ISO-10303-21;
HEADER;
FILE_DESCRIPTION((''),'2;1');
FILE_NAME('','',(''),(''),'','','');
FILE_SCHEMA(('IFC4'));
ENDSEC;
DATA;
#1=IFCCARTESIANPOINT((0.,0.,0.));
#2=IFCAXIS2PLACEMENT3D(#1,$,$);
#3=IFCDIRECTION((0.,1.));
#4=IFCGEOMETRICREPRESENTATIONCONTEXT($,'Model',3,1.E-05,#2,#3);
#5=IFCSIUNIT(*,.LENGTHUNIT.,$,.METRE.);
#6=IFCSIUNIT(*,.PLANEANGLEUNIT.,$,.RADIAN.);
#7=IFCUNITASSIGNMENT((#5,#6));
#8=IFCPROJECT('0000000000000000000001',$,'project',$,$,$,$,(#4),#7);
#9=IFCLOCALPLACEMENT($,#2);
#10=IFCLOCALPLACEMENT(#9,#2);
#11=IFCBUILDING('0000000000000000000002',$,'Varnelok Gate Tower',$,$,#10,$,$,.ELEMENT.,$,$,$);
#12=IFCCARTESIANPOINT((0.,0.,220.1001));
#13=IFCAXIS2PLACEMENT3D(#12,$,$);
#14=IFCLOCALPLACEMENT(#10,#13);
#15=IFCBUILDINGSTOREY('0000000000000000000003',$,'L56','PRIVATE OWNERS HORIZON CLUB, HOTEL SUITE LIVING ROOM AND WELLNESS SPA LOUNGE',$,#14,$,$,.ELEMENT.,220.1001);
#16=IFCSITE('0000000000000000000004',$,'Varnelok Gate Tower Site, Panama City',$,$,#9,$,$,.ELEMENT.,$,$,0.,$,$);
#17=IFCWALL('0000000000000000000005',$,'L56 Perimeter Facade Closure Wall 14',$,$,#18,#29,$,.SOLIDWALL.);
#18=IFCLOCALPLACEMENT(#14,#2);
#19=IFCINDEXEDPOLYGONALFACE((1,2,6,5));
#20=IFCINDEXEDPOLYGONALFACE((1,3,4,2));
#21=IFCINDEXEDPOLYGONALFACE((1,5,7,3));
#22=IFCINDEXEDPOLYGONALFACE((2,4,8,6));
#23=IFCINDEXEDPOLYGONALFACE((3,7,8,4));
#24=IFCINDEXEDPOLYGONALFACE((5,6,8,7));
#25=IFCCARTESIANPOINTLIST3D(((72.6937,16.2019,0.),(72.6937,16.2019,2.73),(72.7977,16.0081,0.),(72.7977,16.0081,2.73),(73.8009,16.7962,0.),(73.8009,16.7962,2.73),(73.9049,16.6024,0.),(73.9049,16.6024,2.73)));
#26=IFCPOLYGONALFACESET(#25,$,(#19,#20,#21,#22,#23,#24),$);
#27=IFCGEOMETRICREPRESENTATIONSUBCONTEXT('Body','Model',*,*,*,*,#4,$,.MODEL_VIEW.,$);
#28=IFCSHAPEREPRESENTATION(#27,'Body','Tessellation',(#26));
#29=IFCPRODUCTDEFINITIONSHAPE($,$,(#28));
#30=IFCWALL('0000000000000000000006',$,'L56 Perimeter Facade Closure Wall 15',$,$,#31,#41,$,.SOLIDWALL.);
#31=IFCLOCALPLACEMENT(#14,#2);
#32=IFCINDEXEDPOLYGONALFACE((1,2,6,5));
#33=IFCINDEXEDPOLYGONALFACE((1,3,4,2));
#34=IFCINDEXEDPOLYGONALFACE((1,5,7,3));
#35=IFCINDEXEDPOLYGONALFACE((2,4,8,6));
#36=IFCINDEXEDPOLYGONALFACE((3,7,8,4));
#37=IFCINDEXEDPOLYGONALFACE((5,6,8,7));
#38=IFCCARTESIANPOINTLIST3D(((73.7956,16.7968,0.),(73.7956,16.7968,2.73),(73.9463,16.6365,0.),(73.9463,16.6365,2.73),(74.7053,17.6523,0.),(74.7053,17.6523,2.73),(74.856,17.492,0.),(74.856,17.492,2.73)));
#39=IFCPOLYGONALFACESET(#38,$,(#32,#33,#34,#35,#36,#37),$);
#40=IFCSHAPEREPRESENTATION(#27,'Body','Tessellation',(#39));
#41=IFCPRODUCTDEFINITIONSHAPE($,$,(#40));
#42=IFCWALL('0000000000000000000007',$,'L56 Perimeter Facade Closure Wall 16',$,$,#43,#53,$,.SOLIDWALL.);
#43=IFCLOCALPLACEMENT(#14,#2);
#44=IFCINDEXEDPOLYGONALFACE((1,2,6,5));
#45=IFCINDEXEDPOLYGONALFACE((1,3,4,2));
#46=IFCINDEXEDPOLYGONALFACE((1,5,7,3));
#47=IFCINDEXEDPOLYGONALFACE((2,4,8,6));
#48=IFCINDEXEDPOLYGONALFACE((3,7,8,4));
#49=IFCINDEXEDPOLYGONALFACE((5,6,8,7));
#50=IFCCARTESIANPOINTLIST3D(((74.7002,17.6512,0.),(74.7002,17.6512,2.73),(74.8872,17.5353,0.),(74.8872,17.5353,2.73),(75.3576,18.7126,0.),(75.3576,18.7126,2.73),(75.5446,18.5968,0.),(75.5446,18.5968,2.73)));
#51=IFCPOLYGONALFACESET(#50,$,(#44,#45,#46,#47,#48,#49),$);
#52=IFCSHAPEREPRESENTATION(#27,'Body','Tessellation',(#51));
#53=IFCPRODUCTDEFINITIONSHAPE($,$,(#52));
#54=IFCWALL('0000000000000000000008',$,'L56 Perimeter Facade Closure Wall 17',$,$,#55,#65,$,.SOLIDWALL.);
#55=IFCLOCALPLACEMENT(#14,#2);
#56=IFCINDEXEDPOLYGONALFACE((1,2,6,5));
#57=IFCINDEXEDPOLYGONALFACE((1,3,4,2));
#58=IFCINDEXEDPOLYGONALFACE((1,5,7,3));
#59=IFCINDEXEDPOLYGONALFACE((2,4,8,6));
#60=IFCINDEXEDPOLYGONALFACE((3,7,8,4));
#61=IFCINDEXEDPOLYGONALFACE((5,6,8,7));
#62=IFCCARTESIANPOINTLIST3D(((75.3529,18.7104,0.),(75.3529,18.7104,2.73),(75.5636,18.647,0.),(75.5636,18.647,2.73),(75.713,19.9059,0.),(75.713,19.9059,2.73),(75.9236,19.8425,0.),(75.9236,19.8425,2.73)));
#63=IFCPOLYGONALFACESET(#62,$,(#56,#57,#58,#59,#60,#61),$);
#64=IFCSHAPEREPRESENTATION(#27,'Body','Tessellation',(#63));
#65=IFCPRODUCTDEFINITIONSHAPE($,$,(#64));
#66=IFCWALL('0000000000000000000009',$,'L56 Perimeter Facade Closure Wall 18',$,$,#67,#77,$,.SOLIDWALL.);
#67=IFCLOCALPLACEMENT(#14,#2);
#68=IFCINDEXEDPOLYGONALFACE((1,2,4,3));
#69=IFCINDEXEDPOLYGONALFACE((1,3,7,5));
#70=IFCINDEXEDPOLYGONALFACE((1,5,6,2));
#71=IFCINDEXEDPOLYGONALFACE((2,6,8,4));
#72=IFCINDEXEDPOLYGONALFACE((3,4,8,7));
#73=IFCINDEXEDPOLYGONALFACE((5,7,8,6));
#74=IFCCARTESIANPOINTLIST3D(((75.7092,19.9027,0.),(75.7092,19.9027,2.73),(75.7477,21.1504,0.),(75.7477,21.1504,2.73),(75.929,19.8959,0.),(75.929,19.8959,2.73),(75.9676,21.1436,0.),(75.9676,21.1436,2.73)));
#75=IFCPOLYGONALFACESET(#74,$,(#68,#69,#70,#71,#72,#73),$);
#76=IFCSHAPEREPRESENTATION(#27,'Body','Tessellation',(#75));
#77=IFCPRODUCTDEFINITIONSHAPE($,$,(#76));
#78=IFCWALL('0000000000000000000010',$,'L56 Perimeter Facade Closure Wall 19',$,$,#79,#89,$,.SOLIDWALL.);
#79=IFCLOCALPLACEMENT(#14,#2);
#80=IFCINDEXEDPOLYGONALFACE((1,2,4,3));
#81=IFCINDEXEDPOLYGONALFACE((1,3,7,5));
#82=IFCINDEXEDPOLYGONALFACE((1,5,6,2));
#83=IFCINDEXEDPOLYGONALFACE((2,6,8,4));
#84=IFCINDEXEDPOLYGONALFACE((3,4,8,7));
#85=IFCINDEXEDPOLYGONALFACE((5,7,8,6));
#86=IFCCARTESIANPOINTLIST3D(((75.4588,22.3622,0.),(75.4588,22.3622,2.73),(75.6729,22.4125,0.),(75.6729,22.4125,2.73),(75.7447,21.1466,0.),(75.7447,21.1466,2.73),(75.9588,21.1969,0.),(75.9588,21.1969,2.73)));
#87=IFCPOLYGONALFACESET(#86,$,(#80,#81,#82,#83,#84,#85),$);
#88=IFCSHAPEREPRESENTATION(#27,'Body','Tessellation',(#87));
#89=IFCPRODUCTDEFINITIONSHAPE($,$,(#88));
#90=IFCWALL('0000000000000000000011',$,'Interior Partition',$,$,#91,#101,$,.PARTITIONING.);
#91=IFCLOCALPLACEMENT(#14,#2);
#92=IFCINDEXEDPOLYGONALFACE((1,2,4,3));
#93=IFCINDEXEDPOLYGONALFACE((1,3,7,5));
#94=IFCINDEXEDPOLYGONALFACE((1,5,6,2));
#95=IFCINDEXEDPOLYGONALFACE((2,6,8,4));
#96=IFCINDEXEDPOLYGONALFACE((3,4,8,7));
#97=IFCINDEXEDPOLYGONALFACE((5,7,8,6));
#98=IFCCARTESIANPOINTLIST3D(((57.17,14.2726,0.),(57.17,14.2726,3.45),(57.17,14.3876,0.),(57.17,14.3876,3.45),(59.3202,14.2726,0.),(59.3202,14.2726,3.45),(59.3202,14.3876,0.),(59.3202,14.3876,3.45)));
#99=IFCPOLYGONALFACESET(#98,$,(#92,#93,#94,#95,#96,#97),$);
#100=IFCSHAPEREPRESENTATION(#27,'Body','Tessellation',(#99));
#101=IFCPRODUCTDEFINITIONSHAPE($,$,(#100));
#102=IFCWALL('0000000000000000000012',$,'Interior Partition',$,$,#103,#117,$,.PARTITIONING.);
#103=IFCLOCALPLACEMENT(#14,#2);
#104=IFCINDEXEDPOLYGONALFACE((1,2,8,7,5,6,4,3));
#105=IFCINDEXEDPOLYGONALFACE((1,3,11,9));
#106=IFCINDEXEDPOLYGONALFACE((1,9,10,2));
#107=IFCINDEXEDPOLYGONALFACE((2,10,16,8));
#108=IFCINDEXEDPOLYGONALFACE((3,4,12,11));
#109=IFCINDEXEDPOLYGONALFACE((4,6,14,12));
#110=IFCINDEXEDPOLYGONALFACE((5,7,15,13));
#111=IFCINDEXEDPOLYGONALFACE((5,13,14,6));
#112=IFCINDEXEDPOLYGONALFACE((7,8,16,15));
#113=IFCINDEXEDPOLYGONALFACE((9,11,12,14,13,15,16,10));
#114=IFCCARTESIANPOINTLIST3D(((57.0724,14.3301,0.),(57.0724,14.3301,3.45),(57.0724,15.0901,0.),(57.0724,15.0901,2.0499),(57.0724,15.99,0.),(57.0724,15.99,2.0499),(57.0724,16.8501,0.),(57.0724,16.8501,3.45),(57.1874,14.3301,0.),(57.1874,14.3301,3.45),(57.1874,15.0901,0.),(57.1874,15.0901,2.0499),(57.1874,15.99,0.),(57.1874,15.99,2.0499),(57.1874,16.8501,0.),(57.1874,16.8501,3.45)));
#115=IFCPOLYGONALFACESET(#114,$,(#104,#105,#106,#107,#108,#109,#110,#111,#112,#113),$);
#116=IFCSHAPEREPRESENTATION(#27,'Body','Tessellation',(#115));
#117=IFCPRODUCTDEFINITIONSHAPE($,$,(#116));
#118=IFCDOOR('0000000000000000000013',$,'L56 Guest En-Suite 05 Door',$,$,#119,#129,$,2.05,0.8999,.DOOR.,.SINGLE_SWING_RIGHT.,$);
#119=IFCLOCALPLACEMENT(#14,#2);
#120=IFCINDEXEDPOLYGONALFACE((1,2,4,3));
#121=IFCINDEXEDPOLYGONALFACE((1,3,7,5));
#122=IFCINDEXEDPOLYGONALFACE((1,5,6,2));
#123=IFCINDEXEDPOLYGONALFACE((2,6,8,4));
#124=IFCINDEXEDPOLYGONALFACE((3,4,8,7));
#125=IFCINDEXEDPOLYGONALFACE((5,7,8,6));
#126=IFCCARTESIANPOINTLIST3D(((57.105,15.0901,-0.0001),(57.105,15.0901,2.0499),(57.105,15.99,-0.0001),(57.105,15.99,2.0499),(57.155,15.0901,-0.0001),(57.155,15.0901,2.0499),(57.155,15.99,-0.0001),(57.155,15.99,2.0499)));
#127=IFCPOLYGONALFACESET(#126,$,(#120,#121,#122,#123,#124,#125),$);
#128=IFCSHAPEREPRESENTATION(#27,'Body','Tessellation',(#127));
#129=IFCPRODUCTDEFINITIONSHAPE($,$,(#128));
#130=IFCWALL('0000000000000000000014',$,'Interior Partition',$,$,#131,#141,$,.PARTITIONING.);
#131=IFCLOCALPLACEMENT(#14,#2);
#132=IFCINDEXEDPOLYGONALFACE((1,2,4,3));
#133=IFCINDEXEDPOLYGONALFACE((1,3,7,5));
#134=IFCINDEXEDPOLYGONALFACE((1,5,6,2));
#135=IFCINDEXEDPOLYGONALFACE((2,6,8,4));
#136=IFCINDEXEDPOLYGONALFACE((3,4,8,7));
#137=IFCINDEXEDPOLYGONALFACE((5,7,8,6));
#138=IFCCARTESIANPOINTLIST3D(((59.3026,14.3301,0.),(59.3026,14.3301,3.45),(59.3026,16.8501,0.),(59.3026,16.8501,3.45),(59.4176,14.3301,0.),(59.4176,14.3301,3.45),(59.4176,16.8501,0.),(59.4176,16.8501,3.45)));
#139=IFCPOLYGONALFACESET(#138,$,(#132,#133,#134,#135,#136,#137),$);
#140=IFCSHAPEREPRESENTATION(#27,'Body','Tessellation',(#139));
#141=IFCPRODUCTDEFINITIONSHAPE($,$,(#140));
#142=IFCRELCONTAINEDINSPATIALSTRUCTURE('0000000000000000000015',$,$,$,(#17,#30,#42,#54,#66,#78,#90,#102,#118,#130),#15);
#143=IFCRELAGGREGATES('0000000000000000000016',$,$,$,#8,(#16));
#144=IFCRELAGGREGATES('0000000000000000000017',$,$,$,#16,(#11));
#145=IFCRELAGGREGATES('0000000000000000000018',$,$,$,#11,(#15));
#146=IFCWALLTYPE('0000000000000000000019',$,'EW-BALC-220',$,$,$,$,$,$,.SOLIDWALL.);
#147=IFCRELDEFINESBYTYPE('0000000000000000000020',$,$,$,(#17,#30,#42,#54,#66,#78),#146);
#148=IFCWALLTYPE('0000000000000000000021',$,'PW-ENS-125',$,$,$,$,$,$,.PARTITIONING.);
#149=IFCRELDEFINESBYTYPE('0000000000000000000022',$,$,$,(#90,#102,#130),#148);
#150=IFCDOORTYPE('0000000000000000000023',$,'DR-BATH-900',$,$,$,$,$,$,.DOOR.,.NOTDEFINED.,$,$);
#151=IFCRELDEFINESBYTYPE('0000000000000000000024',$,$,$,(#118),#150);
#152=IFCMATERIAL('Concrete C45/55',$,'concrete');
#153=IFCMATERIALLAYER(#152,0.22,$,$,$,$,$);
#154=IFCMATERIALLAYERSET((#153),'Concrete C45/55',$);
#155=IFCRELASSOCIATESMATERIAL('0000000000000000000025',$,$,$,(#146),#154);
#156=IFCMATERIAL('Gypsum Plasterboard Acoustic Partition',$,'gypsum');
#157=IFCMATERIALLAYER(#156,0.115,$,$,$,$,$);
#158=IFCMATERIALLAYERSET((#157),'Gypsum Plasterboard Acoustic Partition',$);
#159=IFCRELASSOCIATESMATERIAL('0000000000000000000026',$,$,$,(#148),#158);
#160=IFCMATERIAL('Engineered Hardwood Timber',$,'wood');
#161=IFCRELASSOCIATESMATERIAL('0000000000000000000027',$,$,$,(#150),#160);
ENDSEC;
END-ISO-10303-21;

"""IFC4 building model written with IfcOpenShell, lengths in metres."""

from ifc_helpers import new_model, si_unit, direction, frame, frame_2d, origin, place, context, subcontext, project, spatial, rectangle, extrude, material, layer, layer_set, type_object, element, fill, save


model = new_model("IFC4")

# Units and contexts
model_context = context("Model", 3, precision=1e-05, world=origin(), true_north=direction((0.0, 1.0)))
body_context = subcontext(model_context, "Body", "Model", "MODEL_VIEW")
ifc_project = project(units=[si_unit("LENGTHUNIT", "METRE"), si_unit("PLANEANGLEUNIT", "RADIAN")], contexts=[model_context])

# Site, building, storey
site_placement = place(None, origin())
site = spatial("IfcSite", under=ifc_project, at=site_placement, Name="Varnelok Gate Tower Site, Panama City", CompositionType="ELEMENT", RefElevation=0.0)
building_placement = place(site_placement, origin())
building = spatial("IfcBuilding", under=site, at=building_placement, Name="Varnelok Gate Tower", CompositionType="ELEMENT")
storey_placement = place(building_placement, frame((0.0, 0.0, 220.1001)))
storey = spatial("IfcBuildingStorey", under=building, at=storey_placement, Name="L56", Description="PRIVATE OWNERS HORIZON CLUB, HOTEL SUITE LIVING ROOM AND WELLNESS SPA LOUNGE", CompositionType="ELEMENT", Elevation=220.1001)

# Shared definitions
ifc_material_1 = material(Name="Concrete C45/55", Category="concrete")
ifc_layer_1 = layer(ifc_material_1, 0.22)
ifc_layer_set_1 = layer_set([ifc_layer_1], Name="Concrete C45/55")
wall_type_1 = type_object("IfcWallType", Name="EW-BALC-220", PredefinedType="SOLIDWALL", material=ifc_layer_set_1)

# Walls
wall_1_placement = place(storey_placement, frame((72.7456, 16.105, 0.0), z_axis=(0.0, 0.0, 1.0), x_axis=(0.881113, 0.472906, 0.0)))
element("IfcWall", 1, at=wall_1_placement, inside=storey, type_object=wall_type_1, Name="L56 Perimeter Facade Closure Wall 14", PredefinedType="SOLIDWALL", context=body_context, shape_type="SweptSolid", body=[
    extrude(rectangle(XDim=1.2566, YDim=0.22, at=frame_2d((0.6284, 0.0))), origin(), (0.0, 0.0, 1.0), 2.73),
])
wall_2_placement = place(storey_placement, frame((73.8708, 16.7166, 0.0), z_axis=(0.0, 0.0, 1.0), x_axis=(0.728475, 0.685072, 0.0)))
element("IfcWall", 2, at=wall_2_placement, inside=storey, type_object=wall_type_1, Name="L56 Perimeter Facade Closure Wall 15", PredefinedType="SOLIDWALL", context=body_context, shape_type="SweptSolid", body=[
    extrude(rectangle(XDim=1.2488, YDim=0.22, at=frame_2d((0.6245, 0.0))), origin(), (0.0, 0.0, 1.0), 2.73),
])
for number, where, z_axis, x_axis, name in (
    (3, (74.7937, 17.5933, 0.0), (0.0, 0.0, 1.0), (0.52655, 0.850144, 0.0), "L56 Perimeter Facade Closure Wall 16"),
    (4, (75.4583, 18.6787, 0.0), (0.0, 0.0, 1.0), (0.288406, 0.957508, 0.0), "L56 Perimeter Facade Closure Wall 17"),
):
    element("IfcWall", number, at=place(storey_placement, frame(where, z_axis=z_axis, x_axis=x_axis)), inside=storey, type_object=wall_type_1, Name=name, PredefinedType="SOLIDWALL", context=body_context, shape_type="SweptSolid", body=[
        extrude(rectangle(XDim=1.2485, YDim=0.22, at=frame_2d((0.6243, 0.0))), origin(), (0.0, 0.0, 1.0), 2.73),
    ])
wall_3_placement = place(storey_placement, frame((75.8191, 19.8994, 0.0), z_axis=(0.0, 0.0, 1.0), x_axis=(0.030899, 0.999523, 0.0)))
element("IfcWall", 5, at=wall_3_placement, inside=storey, type_object=wall_type_1, Name="L56 Perimeter Facade Closure Wall 18", PredefinedType="SOLIDWALL", context=body_context, shape_type="SweptSolid", body=[
    extrude(rectangle(XDim=1.2483, YDim=0.22, at=frame_2d((0.624, 0.0))), origin(), (0.0, 0.0, 1.0), 2.73),
])
wall_4_placement = place(storey_placement, frame((75.8518, 21.1716, 0.0), z_axis=(0.0, 0.0, 1.0), x_axis=(-0.228941, 0.97344, 0.0)))
element("IfcWall", 6, at=wall_4_placement, inside=storey, type_object=wall_type_1, Name="L56 Perimeter Facade Closure Wall 19", PredefinedType="SOLIDWALL", context=body_context, shape_type="SweptSolid", body=[
    extrude(rectangle(XDim=1.2488, YDim=0.22, at=frame_2d((0.6245, 0.0))), origin(), (0.0, 0.0, 1.0), 2.73),
])
ifc_material_2 = material(Name="Gypsum Plasterboard Acoustic Partition", Category="gypsum")
ifc_layer_2 = layer(ifc_material_2, 0.115)
ifc_layer_set_2 = layer_set([ifc_layer_2], Name="Gypsum Plasterboard Acoustic Partition")
wall_type_2 = type_object("IfcWallType", Name="PW-ENS-125", PredefinedType="PARTITIONING", material=ifc_layer_set_2)
wall_5_placement = place(storey_placement, frame((57.1699, 14.3301, 0.0), z_axis=(0.0, 0.0, 1.0), x_axis=(1.0, 0.0, 0.0)))
element("IfcWall", 7, at=wall_5_placement, inside=storey, type_object=wall_type_2, Name="Interior Partition", PredefinedType="PARTITIONING", context=body_context, shape_type="SweptSolid", body=[
    extrude(rectangle(XDim=2.1501, YDim=0.115, at=frame_2d((1.0752, 0.0))), origin(), (0.0, 0.0, 1.0), 3.45),
])

# Wall, opening, door
wall_6_placement = place(storey_placement, frame((57.1299, 14.3301, 0.0), z_axis=(0.0, 0.0, 1.0), x_axis=(0.0, 1.0, 0.0)))
wall_6 = element("IfcWall", 8, at=wall_6_placement, inside=storey, type_object=wall_type_2, Name="Interior Partition", PredefinedType="PARTITIONING", context=body_context, shape_type="SweptSolid", body=[
    extrude(rectangle(XDim=2.52, YDim=0.115, at=frame_2d((1.26, 0.0))), origin(), (0.0, 0.0, 1.0), 3.45),
])
opening_1_placement = place(wall_6_placement, frame((0.76, 0.0, 0.0)))
opening_1 = element("IfcOpeningElement", 9, at=opening_1_placement, cuts=wall_6, PredefinedType="OPENING", context=body_context, shape_type="SweptSolid", body=[
    extrude(rectangle(XDim=0.8999, YDim=2.05, at=frame_2d((0.45, 1.0249))), frame((0.0, 0.0674, 0.0), z_axis=(0.0, -1.0, 0.0), x_axis=(1.0, 0.0, 0.0)), (0.0, 0.0, 1.0), 0.135),
])
ifc_material_3 = material(Name="Engineered Hardwood Timber", Category="wood")
door_type_1 = type_object("IfcDoorType", Name="DR-BATH-900", OperationType="NOTDEFINED", PredefinedType="DOOR", material=ifc_material_3)
door_1_placement = place(opening_1_placement, origin())
door_1 = element("IfcDoor", 10, at=door_1_placement, inside=storey, type_object=door_type_1, Name="L56 Guest En-Suite 05 Door", OperationType="SINGLE_SWING_RIGHT", OverallHeight=2.05, OverallWidth=0.8999, PredefinedType="DOOR", context=body_context, shape_type="SweptSolid", body=[
    extrude(rectangle(XDim=0.8999, YDim=2.05, at=frame_2d((0.45, 1.0249))), frame((0.0, 0.0249, 0.0), z_axis=(0.0, -1.0, 0.0), x_axis=(1.0, 0.0, 0.0)), (0.0, 0.0, 1.0), 0.05),
])
fill(opening_1, door_1)

# Wall
wall_7_placement = place(storey_placement, frame((59.3601, 14.3301, 0.0), z_axis=(0.0, 0.0, 1.0), x_axis=(0.0, 1.0, 0.0)))
element("IfcWall", 11, at=wall_7_placement, inside=storey, type_object=wall_type_2, Name="Interior Partition", PredefinedType="PARTITIONING", context=body_context, shape_type="SweptSolid", body=[
    extrude(rectangle(XDim=2.52, YDim=0.115, at=frame_2d((1.26, 0.0))), origin(), (0.0, 0.0, 1.0), 3.45),
])

save(model, "model.ifc")
